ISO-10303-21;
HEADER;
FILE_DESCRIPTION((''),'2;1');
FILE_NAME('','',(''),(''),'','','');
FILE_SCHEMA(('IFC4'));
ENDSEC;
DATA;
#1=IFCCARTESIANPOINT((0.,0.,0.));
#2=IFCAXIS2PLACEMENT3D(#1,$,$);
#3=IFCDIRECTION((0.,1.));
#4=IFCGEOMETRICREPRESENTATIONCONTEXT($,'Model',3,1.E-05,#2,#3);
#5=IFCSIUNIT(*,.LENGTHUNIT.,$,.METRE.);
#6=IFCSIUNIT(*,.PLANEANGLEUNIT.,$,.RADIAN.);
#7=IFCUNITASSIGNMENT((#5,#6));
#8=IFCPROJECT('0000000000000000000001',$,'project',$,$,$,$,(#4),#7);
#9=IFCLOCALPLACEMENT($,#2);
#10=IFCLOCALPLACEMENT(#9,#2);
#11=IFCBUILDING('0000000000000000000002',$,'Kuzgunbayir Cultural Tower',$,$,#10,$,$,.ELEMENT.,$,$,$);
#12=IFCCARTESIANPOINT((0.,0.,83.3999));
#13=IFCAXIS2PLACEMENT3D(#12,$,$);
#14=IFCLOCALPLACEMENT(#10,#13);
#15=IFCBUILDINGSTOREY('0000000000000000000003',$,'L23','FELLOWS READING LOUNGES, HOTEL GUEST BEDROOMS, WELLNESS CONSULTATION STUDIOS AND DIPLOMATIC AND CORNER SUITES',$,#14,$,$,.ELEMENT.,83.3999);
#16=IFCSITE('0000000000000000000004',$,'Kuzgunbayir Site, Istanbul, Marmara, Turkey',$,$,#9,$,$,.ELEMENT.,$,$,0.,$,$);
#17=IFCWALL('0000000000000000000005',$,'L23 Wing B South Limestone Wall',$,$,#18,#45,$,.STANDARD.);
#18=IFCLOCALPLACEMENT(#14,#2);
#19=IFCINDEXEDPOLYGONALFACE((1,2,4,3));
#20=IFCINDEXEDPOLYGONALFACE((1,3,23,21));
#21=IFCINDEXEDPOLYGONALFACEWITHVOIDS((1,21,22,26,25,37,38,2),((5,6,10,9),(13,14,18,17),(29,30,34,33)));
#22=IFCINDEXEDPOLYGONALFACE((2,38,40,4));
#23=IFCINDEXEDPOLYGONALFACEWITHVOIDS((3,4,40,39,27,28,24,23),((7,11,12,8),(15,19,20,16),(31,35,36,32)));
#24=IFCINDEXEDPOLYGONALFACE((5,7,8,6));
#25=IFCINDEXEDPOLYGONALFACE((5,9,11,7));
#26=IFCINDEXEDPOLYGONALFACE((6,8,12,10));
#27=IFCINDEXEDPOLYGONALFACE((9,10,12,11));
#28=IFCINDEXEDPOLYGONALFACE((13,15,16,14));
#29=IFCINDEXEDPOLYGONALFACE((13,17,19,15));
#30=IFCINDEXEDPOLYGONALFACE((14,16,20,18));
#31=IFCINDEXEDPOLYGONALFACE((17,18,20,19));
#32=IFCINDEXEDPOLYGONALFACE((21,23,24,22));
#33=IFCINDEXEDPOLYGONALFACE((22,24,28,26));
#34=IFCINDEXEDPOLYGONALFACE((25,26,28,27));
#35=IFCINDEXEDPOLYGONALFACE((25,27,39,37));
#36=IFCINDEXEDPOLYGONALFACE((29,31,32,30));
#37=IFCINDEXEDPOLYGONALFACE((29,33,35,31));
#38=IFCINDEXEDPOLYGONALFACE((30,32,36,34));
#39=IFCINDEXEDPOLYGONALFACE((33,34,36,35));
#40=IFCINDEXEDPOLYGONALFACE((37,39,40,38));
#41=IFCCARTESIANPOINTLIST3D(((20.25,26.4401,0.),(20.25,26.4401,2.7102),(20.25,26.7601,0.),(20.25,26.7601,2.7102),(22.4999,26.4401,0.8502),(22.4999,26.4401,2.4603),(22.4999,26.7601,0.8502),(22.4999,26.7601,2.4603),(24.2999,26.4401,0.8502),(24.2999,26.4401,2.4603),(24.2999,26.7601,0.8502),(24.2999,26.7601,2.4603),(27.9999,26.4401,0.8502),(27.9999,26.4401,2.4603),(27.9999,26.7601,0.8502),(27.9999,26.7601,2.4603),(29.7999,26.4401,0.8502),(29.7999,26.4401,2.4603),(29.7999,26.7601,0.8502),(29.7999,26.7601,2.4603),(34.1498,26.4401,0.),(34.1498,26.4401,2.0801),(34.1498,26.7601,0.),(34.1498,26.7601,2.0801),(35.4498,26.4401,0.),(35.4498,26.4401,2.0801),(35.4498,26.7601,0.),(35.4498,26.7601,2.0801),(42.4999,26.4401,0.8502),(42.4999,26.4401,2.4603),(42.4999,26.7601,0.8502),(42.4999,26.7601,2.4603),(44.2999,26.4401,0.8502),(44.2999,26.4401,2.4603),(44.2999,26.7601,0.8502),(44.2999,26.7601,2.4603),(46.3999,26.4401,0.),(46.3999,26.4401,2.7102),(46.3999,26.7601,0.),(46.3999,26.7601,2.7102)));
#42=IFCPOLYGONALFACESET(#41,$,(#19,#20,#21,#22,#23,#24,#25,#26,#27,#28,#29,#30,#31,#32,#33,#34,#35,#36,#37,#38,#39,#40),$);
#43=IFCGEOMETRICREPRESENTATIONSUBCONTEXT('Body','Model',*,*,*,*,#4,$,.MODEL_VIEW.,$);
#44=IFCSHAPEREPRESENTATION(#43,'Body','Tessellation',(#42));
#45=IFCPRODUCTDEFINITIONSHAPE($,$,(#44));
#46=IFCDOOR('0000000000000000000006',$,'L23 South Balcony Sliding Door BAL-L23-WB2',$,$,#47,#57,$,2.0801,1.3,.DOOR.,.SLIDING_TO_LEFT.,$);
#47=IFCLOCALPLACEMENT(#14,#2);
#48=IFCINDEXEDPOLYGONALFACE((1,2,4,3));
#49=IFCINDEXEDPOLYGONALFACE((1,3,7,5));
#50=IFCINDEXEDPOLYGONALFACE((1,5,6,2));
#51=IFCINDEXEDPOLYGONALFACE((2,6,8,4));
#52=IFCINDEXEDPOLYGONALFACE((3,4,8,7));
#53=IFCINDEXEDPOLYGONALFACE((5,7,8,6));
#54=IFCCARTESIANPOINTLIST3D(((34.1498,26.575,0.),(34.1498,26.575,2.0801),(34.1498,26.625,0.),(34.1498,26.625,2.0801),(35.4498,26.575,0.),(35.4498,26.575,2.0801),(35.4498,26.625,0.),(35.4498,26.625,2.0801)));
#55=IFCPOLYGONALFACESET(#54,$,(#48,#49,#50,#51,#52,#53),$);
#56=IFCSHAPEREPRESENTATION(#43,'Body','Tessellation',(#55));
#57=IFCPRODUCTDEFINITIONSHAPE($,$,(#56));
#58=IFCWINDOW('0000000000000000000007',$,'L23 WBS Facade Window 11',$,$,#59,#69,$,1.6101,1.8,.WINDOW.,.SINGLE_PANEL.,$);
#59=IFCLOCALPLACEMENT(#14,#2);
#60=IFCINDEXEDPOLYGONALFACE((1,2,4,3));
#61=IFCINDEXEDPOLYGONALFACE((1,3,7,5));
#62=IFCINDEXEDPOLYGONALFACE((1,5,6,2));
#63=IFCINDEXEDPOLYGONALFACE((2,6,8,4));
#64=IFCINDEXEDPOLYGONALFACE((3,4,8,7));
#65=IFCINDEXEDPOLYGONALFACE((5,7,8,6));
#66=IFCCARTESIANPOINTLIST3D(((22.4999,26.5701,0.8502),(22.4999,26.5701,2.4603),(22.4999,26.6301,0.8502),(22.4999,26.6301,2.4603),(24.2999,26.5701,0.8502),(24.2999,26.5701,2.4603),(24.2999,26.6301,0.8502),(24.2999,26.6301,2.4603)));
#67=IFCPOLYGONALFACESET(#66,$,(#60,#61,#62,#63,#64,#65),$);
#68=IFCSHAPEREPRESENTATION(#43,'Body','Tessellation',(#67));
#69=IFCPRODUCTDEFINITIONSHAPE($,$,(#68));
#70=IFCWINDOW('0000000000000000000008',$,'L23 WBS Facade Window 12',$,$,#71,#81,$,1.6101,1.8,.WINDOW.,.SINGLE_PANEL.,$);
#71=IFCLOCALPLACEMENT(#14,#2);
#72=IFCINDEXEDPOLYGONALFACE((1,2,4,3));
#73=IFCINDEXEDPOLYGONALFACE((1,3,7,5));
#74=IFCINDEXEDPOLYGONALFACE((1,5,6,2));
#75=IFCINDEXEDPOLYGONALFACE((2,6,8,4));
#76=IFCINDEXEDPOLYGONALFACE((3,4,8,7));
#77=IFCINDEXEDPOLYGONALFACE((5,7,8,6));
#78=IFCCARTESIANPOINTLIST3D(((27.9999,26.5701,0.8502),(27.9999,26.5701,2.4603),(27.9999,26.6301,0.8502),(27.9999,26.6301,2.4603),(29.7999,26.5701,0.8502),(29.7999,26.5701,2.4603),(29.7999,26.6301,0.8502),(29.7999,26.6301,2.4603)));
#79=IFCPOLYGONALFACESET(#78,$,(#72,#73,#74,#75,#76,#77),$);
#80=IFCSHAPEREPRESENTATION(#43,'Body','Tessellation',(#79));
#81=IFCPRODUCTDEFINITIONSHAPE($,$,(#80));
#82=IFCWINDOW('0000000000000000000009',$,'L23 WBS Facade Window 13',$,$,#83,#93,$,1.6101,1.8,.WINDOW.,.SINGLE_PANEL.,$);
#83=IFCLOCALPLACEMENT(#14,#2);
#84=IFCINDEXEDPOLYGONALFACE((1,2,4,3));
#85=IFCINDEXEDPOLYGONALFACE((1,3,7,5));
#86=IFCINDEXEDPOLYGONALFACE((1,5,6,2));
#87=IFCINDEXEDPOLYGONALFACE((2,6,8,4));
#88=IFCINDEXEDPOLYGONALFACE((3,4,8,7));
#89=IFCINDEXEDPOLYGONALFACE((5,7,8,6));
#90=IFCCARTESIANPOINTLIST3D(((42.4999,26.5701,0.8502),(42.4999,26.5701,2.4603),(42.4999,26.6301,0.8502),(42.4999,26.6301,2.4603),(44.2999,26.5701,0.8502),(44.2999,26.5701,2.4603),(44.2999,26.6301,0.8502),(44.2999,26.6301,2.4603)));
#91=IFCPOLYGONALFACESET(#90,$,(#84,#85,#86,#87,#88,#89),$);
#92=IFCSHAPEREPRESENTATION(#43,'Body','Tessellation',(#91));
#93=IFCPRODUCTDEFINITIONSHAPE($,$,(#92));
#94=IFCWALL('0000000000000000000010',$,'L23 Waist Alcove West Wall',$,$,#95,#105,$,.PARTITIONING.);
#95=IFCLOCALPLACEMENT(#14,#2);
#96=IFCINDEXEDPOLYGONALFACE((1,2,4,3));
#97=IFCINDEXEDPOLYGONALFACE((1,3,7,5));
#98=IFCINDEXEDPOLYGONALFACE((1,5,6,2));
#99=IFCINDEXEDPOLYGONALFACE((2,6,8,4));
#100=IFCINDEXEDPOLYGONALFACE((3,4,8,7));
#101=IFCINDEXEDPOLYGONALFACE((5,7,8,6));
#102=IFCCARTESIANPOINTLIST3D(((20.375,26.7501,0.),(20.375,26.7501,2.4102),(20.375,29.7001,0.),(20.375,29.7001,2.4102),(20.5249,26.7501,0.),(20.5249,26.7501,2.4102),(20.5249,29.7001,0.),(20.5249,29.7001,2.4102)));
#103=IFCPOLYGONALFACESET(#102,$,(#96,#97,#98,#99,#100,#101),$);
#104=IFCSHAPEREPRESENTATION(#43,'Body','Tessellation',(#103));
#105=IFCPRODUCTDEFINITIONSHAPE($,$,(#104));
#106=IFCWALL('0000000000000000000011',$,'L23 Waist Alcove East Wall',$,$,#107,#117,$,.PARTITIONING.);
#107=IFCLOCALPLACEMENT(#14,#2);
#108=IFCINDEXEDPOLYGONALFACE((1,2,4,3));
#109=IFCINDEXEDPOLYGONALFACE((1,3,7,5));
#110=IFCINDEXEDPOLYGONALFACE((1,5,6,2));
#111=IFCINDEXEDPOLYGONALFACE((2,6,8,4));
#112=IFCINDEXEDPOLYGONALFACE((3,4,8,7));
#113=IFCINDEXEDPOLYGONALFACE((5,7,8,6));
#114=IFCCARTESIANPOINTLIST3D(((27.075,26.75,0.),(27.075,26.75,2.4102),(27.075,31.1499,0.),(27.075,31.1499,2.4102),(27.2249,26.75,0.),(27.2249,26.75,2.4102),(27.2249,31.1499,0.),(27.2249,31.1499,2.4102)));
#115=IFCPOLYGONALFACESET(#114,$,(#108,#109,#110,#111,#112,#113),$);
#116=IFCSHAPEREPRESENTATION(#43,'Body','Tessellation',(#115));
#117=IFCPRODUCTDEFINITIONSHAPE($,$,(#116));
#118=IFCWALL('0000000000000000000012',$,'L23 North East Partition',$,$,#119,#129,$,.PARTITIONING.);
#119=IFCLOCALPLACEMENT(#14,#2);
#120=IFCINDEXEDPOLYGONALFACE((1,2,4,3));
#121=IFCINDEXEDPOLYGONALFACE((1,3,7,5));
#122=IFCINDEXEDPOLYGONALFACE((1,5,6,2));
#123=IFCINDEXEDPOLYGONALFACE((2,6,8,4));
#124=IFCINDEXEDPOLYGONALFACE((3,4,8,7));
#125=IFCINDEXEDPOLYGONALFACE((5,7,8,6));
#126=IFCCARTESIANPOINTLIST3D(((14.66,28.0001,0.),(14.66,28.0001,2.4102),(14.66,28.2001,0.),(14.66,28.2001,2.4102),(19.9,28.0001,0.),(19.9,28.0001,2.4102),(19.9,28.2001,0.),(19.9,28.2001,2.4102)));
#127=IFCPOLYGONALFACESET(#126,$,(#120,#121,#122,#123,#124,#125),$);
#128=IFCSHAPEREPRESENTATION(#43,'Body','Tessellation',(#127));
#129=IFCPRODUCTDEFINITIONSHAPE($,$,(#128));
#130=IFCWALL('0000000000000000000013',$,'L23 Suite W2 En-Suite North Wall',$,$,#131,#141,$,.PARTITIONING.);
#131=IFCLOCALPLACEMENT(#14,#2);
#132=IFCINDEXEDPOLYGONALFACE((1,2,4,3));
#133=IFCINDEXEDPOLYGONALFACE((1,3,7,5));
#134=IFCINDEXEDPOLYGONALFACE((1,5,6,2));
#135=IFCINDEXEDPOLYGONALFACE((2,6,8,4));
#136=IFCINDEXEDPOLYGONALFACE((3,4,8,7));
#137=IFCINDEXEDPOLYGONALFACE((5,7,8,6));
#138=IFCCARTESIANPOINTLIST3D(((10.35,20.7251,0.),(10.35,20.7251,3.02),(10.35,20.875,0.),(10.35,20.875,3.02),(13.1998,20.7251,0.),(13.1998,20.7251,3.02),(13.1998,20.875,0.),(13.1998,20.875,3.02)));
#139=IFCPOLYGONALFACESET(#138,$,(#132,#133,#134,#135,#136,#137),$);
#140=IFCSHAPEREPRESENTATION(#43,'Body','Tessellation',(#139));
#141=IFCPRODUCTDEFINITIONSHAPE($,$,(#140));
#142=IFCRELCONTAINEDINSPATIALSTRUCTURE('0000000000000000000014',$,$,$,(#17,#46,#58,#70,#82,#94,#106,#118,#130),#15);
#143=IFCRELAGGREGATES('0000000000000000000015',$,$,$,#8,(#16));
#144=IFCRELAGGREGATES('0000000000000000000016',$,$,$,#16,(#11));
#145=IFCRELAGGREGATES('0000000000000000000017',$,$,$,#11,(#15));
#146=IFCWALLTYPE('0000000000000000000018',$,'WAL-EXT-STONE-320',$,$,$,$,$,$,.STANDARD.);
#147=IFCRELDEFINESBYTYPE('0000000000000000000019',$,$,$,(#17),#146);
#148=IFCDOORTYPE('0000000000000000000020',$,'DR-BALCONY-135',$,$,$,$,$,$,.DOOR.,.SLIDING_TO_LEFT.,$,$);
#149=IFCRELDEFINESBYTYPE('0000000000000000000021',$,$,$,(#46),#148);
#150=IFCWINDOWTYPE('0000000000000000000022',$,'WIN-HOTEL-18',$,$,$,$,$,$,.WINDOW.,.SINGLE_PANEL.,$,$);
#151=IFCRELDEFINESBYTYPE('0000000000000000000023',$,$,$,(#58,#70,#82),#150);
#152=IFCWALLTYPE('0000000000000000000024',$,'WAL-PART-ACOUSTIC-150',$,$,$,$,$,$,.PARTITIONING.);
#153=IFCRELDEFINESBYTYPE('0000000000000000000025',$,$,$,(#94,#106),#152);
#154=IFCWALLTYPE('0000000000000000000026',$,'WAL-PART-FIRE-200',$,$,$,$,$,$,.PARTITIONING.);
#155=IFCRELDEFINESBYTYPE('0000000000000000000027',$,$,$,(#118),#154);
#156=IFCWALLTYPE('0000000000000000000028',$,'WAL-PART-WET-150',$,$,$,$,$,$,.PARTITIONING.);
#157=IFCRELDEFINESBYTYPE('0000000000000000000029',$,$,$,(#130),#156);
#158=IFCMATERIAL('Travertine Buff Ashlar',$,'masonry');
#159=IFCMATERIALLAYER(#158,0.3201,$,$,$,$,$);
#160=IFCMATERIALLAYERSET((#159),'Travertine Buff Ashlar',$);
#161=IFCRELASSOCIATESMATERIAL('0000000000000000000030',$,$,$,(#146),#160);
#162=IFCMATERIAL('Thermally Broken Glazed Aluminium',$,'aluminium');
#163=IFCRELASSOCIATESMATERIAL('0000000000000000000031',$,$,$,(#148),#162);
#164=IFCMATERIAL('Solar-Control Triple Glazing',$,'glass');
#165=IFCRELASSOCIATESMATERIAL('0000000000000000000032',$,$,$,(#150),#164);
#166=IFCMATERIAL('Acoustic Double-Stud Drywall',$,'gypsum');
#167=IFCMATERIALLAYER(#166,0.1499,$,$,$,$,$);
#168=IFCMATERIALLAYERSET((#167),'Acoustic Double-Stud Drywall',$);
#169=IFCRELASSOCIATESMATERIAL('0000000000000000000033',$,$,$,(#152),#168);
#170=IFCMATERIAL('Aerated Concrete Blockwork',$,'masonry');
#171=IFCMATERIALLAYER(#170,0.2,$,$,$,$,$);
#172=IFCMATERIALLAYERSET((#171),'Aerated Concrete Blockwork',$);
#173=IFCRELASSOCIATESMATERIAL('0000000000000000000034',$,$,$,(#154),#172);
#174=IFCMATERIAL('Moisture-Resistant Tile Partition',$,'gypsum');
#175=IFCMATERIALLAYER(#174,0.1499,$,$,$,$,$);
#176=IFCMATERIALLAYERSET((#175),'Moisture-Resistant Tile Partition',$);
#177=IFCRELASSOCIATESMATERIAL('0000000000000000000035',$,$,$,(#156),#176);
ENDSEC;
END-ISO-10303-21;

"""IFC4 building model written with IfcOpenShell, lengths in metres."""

from ifc_helpers import new_model, si_unit, direction, frame, frame_2d, origin, place, context, subcontext, project, spatial, rectangle, extrude, material, layer, layer_set, type_object, element, fill, save


model = new_model("IFC4")

# Units and contexts
model_context = context("Model", 3, precision=1e-05, world=origin(), true_north=direction((0.0, 1.0)))
body_context = subcontext(model_context, "Body", "Model", "MODEL_VIEW")
ifc_project = project(units=[si_unit("LENGTHUNIT", "METRE"), si_unit("PLANEANGLEUNIT", "RADIAN")], contexts=[model_context])

# Site, building, storey
site_placement = place(None, origin())
site = spatial("IfcSite", under=ifc_project, at=site_placement, Name="Kuzgunbayir Site, Istanbul, Marmara, Turkey", CompositionType="ELEMENT", RefElevation=0.0)
building_placement = place(site_placement, origin())
building = spatial("IfcBuilding", under=site, at=building_placement, Name="Kuzgunbayir Cultural Tower", CompositionType="ELEMENT")
storey_placement = place(building_placement, frame((0.0, 0.0, 83.3999)))
storey = spatial("IfcBuildingStorey", under=building, at=storey_placement, Name="L23", Description="FELLOWS READING LOUNGES, HOTEL GUEST BEDROOMS, WELLNESS CONSULTATION STUDIOS AND DIPLOMATIC AND CORNER SUITES", CompositionType="ELEMENT", Elevation=83.3999)

# Wall, openings, door, windows
ifc_material_1 = material(Name="Travertine Buff Ashlar", Category="masonry")
ifc_layer_1 = layer(ifc_material_1, 0.3201)
ifc_layer_set_1 = layer_set([ifc_layer_1], Name="Travertine Buff Ashlar")
wall_type_1 = type_object("IfcWallType", Name="WAL-EXT-STONE-320", PredefinedType="STANDARD", material=ifc_layer_set_1)
wall_1_placement = place(storey_placement, frame((20.25, 26.6001, 0.0), z_axis=(0.0, 0.0, 1.0), x_axis=(1.0, 0.0, 0.0)))
wall_1 = element("IfcWall", 1, at=wall_1_placement, inside=storey, type_object=wall_type_1, Name="L23 Wing B South Limestone Wall", PredefinedType="STANDARD", context=body_context, shape_type="SweptSolid", body=[
    extrude(rectangle(XDim=26.1499, YDim=0.3201, at=frame_2d((13.075, 0.0))), origin(), (0.0, 0.0, 1.0), 2.7102),
])
opening_1_placement = place(wall_1_placement, frame((13.8999, 0.0, 0.0)))
opening_1 = element("IfcOpeningElement", 2, at=opening_1_placement, cuts=wall_1, PredefinedType="OPENING", context=body_context, shape_type="SweptSolid", body=[
    extrude(rectangle(XDim=1.3, YDim=2.0801, at=frame_2d((0.6499, 1.04))), frame((0.0, 0.1699, 0.0), z_axis=(0.0, -1.0, 0.0), x_axis=(1.0, 0.0, 0.0)), (0.0, 0.0, 1.0), 0.3401),
])
opening_2_placement = place(wall_1_placement, frame((2.25, 0.0, 0.8501)))
opening_2 = element("IfcOpeningElement", 3, at=opening_2_placement, cuts=wall_1, PredefinedType="OPENING", context=body_context, shape_type="SweptSolid", body=[
    extrude(rectangle(XDim=1.8, YDim=1.6101, at=frame_2d((0.8999, 0.8052))), frame((0.0, 0.1699, 0.0), z_axis=(0.0, -1.0, 0.0), x_axis=(1.0, 0.0, 0.0)), (0.0, 0.0, 1.0), 0.3401),
])
opening_3_placement = place(wall_1_placement, frame((7.75, 0.0, 0.8501)))
opening_3 = element("IfcOpeningElement", 4, at=opening_3_placement, cuts=wall_1, PredefinedType="OPENING", context=body_context, shape_type="SweptSolid", body=[
    extrude(rectangle(XDim=1.8, YDim=1.6101, at=frame_2d((0.8999, 0.8052))), frame((0.0, 0.1699, 0.0), z_axis=(0.0, -1.0, 0.0), x_axis=(1.0, 0.0, 0.0)), (0.0, 0.0, 1.0), 0.3401),
])
opening_4_placement = place(wall_1_placement, frame((22.25, 0.0, 0.8501)))
opening_4 = element("IfcOpeningElement", 5, at=opening_4_placement, cuts=wall_1, PredefinedType="OPENING", context=body_context, shape_type="SweptSolid", body=[
    extrude(rectangle(XDim=1.8, YDim=1.6101, at=frame_2d((0.8999, 0.8052))), frame((0.0, 0.1699, 0.0), z_axis=(0.0, -1.0, 0.0), x_axis=(1.0, 0.0, 0.0)), (0.0, 0.0, 1.0), 0.3401),
])
ifc_material_2 = material(Name="Thermally Broken Glazed Aluminium", Category="aluminium")
door_type_1 = type_object("IfcDoorType", Name="DR-BALCONY-135", OperationType="SLIDING_TO_LEFT", PredefinedType="DOOR", material=ifc_material_2)
door_1_placement = place(opening_1_placement, origin())
door_1 = element("IfcDoor", 6, at=door_1_placement, inside=storey, type_object=door_type_1, Name="L23 South Balcony Sliding Door BAL-L23-WB2", OperationType="SLIDING_TO_LEFT", OverallHeight=2.0801, OverallWidth=1.3, PredefinedType="DOOR", context=body_context, shape_type="SweptSolid", body=[
    extrude(rectangle(XDim=1.3, YDim=2.0801, at=frame_2d((0.6499, 1.04))), frame((0.0, 0.0249, 0.0), z_axis=(0.0, -1.0, 0.0), x_axis=(1.0, 0.0, 0.0)), (0.0, 0.0, 1.0), 0.05),
])
fill(opening_1, door_1)
ifc_material_3 = material(Name="Solar-Control Triple Glazing", Category="glass")
window_type = type_object("IfcWindowType", Name="WIN-HOTEL-18", PartitioningType="SINGLE_PANEL", PredefinedType="WINDOW", material=ifc_material_3)
window_1_placement = place(opening_2_placement, origin())
window_1 = element("IfcWindow", 7, at=window_1_placement, inside=storey, type_object=window_type, Name="L23 WBS Facade Window 11", OverallHeight=1.6101, OverallWidth=1.8, PartitioningType="SINGLE_PANEL", PredefinedType="WINDOW", context=body_context, shape_type="SweptSolid", body=[
    extrude(rectangle(XDim=1.8, YDim=1.6101, at=frame_2d((0.8999, 0.8052))), frame((0.0, 0.03, 0.0), z_axis=(0.0, -1.0, 0.0), x_axis=(1.0, 0.0, 0.0)), (0.0, 0.0, 1.0), 0.0601),
])
fill(opening_2, window_1)
window_2_placement = place(opening_3_placement, origin())
window_2 = element("IfcWindow", 8, at=window_2_placement, inside=storey, type_object=window_type, Name="L23 WBS Facade Window 12", OverallHeight=1.6101, OverallWidth=1.8, PartitioningType="SINGLE_PANEL", PredefinedType="WINDOW", context=body_context, shape_type="SweptSolid", body=[
    extrude(rectangle(XDim=1.8, YDim=1.6101, at=frame_2d((0.8999, 0.8052))), frame((0.0, 0.03, 0.0), z_axis=(0.0, -1.0, 0.0), x_axis=(1.0, 0.0, 0.0)), (0.0, 0.0, 1.0), 0.0601),
])
fill(opening_3, window_2)
window_3_placement = place(opening_4_placement, origin())
window_3 = element("IfcWindow", 9, at=window_3_placement, inside=storey, type_object=window_type, Name="L23 WBS Facade Window 13", OverallHeight=1.6101, OverallWidth=1.8, PartitioningType="SINGLE_PANEL", PredefinedType="WINDOW", context=body_context, shape_type="SweptSolid", body=[
    extrude(rectangle(XDim=1.8, YDim=1.6101, at=frame_2d((0.8999, 0.8052))), frame((0.0, 0.03, 0.0), z_axis=(0.0, -1.0, 0.0), x_axis=(1.0, 0.0, 0.0)), (0.0, 0.0, 1.0), 0.0601),
])
fill(opening_4, window_3)

# Walls
ifc_material_4 = material(Name="Acoustic Double-Stud Drywall", Category="gypsum")
ifc_layer_2 = layer(ifc_material_4, 0.1499)
ifc_layer_set_2 = layer_set([ifc_layer_2], Name="Acoustic Double-Stud Drywall")
wall_type_2 = type_object("IfcWallType", Name="WAL-PART-ACOUSTIC-150", PredefinedType="PARTITIONING", material=ifc_layer_set_2)
wall_2_placement = place(storey_placement, frame((20.45, 26.75, 0.0), z_axis=(0.0, 0.0, 1.0), x_axis=(0.0, 1.0, 0.0)))
element("IfcWall", 10, at=wall_2_placement, inside=storey, type_object=wall_type_2, Name="L23 Waist Alcove West Wall", PredefinedType="PARTITIONING", context=body_context, shape_type="SweptSolid", body=[
    extrude(rectangle(XDim=2.95, YDim=0.1499, at=frame_2d((1.4751, 0.0))), origin(), (0.0, 0.0, 1.0), 2.4102),
])
wall_3_placement = place(storey_placement, frame((27.1499, 26.75, 0.0), z_axis=(0.0, 0.0, 1.0), x_axis=(0.0, 1.0, 0.0)))
element("IfcWall", 11, at=wall_3_placement, inside=storey, type_object=wall_type_2, Name="L23 Waist Alcove East Wall", PredefinedType="PARTITIONING", context=body_context, shape_type="SweptSolid", body=[
    extrude(rectangle(XDim=4.3999, YDim=0.1499, at=frame_2d((2.2, 0.0))), origin(), (0.0, 0.0, 1.0), 2.4102),
])
ifc_material_5 = material(Name="Aerated Concrete Blockwork", Category="masonry")
ifc_layer_3 = layer(ifc_material_5, 0.2)
ifc_layer_set_3 = layer_set([ifc_layer_3], Name="Aerated Concrete Blockwork")
wall_type_3 = type_object("IfcWallType", Name="WAL-PART-FIRE-200", PredefinedType="PARTITIONING", material=ifc_layer_set_3)
wall_4_placement = place(storey_placement, frame((14.6599, 28.1001, 0.0), z_axis=(0.0, 0.0, 1.0), x_axis=(1.0, 0.0, 0.0)))
element("IfcWall", 12, at=wall_4_placement, inside=storey, type_object=wall_type_3, Name="L23 North East Partition", PredefinedType="PARTITIONING", context=body_context, shape_type="SweptSolid", body=[
    extrude(rectangle(XDim=5.24, YDim=0.2, at=frame_2d((2.6201, 0.0))), origin(), (0.0, 0.0, 1.0), 2.4102),
])
ifc_material_6 = material(Name="Moisture-Resistant Tile Partition", Category="gypsum")
ifc_layer_4 = layer(ifc_material_6, 0.1499)
ifc_layer_set_4 = layer_set([ifc_layer_4], Name="Moisture-Resistant Tile Partition")
wall_type_4 = type_object("IfcWallType", Name="WAL-PART-WET-150", PredefinedType="PARTITIONING", material=ifc_layer_set_4)
wall_5_placement = place(storey_placement, frame((10.3501, 20.8, 0.0), z_axis=(0.0, 0.0, 1.0), x_axis=(1.0, 0.0, 0.0)))
element("IfcWall", 13, at=wall_5_placement, inside=storey, type_object=wall_type_4, Name="L23 Suite W2 En-Suite North Wall", PredefinedType="PARTITIONING", context=body_context, shape_type="SweptSolid", body=[
    extrude(rectangle(XDim=2.8499, YDim=0.1499, at=frame_2d((1.4248, 0.0))), origin(), (0.0, 0.0, 1.0), 3.02),
])

save(model, "model.ifc")
